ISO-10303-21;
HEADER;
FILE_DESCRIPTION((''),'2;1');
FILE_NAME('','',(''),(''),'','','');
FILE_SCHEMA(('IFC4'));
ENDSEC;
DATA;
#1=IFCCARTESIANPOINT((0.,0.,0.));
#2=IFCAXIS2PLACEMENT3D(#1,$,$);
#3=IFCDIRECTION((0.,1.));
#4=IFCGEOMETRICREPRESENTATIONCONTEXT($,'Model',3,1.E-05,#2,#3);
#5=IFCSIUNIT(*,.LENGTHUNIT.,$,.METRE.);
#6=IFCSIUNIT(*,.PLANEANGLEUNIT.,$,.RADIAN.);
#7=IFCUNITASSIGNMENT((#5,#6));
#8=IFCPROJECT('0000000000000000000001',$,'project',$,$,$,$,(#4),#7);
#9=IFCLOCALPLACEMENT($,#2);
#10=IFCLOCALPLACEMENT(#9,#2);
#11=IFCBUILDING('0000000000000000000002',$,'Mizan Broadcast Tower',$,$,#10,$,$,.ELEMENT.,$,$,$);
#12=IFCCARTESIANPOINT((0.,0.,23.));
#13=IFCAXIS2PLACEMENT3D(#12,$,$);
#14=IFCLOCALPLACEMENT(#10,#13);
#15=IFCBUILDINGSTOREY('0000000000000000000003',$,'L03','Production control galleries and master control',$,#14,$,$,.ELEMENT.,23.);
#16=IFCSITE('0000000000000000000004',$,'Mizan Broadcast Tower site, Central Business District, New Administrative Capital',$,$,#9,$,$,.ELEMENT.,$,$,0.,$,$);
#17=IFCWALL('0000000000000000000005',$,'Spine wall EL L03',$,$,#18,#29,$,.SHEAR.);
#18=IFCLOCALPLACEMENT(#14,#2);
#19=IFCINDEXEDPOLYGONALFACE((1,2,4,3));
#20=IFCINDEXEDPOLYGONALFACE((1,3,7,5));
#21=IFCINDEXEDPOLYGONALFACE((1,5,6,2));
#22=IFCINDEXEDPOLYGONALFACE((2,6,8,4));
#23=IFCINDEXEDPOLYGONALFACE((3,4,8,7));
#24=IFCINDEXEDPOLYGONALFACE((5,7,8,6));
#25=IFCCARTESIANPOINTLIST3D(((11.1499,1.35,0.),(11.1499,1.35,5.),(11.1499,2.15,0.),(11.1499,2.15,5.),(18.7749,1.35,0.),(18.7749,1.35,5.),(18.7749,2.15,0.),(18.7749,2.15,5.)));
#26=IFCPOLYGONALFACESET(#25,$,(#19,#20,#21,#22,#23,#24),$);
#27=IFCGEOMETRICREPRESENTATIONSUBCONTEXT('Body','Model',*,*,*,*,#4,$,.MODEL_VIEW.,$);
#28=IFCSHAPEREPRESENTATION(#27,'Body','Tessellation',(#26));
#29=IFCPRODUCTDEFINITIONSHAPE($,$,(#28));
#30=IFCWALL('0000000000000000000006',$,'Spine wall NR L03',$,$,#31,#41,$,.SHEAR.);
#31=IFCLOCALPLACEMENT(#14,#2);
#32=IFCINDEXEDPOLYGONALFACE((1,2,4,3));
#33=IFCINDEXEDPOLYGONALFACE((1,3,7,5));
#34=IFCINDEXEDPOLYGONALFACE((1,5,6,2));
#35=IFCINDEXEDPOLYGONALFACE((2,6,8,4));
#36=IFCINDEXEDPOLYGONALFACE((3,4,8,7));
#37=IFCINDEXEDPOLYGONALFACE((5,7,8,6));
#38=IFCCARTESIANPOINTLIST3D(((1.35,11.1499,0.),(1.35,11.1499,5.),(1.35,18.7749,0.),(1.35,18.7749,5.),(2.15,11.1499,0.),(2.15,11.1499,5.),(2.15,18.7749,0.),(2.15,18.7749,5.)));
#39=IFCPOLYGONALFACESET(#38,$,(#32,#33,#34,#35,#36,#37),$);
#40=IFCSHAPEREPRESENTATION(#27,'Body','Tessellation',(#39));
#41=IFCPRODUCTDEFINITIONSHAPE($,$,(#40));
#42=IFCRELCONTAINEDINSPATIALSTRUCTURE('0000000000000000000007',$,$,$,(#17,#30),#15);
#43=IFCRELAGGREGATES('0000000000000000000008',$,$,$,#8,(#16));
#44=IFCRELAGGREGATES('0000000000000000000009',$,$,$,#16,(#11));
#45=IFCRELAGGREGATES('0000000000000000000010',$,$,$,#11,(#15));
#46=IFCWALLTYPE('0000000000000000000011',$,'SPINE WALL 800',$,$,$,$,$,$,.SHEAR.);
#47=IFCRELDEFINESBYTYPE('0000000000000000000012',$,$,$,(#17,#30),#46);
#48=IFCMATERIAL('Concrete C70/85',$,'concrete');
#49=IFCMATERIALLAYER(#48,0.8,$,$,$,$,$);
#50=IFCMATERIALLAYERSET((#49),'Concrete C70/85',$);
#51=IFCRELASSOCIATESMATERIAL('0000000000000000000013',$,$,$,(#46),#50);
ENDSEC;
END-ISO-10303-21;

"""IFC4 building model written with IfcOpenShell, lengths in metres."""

from ifc_helpers import new_model, si_unit, direction, frame, frame_2d, origin, place, context, subcontext, project, spatial, rectangle, extrude, material, layer, layer_set, type_object, element, save


model = new_model("IFC4")

# Units and contexts
model_context = context("Model", 3, precision=1e-05, world=origin(), true_north=direction((0.0, 1.0)))
body_context = subcontext(model_context, "Body", "Model", "MODEL_VIEW")
ifc_project = project(units=[si_unit("LENGTHUNIT", "METRE"), si_unit("PLANEANGLEUNIT", "RADIAN")], contexts=[model_context])

# Site, building, storey
site_placement = place(None, origin())
site = spatial("IfcSite", under=ifc_project, at=site_placement, Name="Mizan Broadcast Tower site, Central Business District, New Administrative Capital", CompositionType="ELEMENT", RefElevation=0.0)
building_placement = place(site_placement, origin())
building = spatial("IfcBuilding", under=site, at=building_placement, Name="Mizan Broadcast Tower", CompositionType="ELEMENT")
storey_placement = place(building_placement, frame((0.0, 0.0, 23.0)))
storey = spatial("IfcBuildingStorey", under=building, at=storey_placement, Name="L03", Description="Production control galleries and master control", CompositionType="ELEMENT", Elevation=23.0)

# Walls
ifc_material_1 = material(Name="Concrete C70/85", Category="concrete")
ifc_layer_1 = layer(ifc_material_1, 0.8)
ifc_layer_set_1 = layer_set([ifc_layer_1], Name="Concrete C70/85")
wall_type_1 = type_object("IfcWallType", Name="SPINE WALL 800", PredefinedType="SHEAR", material=ifc_layer_set_1)
for number, where, z_axis, x_axis, name in (
    (1, (11.1499, 1.75, 0.0), (0.0, 0.0, 1.0), (1.0, 0.0, 0.0), "Spine wall EL L03"),
    (2, (1.75, 11.1499, 0.0), (0.0, 0.0, 1.0), (0.0, 1.0, 0.0), "Spine wall NR L03"),
):
    element("IfcWall", number, at=place(storey_placement, frame(where, z_axis=z_axis, x_axis=x_axis)), inside=storey, type_object=wall_type_1, Name=name, PredefinedType="SHEAR", context=body_context, shape_type="SweptSolid", body=[
        extrude(rectangle(XDim=7.625, YDim=0.8, at=frame_2d((3.8125, 0.0))), origin(), (0.0, 0.0, 1.0), 5.0),
    ])

save(model, "model.ifc")
